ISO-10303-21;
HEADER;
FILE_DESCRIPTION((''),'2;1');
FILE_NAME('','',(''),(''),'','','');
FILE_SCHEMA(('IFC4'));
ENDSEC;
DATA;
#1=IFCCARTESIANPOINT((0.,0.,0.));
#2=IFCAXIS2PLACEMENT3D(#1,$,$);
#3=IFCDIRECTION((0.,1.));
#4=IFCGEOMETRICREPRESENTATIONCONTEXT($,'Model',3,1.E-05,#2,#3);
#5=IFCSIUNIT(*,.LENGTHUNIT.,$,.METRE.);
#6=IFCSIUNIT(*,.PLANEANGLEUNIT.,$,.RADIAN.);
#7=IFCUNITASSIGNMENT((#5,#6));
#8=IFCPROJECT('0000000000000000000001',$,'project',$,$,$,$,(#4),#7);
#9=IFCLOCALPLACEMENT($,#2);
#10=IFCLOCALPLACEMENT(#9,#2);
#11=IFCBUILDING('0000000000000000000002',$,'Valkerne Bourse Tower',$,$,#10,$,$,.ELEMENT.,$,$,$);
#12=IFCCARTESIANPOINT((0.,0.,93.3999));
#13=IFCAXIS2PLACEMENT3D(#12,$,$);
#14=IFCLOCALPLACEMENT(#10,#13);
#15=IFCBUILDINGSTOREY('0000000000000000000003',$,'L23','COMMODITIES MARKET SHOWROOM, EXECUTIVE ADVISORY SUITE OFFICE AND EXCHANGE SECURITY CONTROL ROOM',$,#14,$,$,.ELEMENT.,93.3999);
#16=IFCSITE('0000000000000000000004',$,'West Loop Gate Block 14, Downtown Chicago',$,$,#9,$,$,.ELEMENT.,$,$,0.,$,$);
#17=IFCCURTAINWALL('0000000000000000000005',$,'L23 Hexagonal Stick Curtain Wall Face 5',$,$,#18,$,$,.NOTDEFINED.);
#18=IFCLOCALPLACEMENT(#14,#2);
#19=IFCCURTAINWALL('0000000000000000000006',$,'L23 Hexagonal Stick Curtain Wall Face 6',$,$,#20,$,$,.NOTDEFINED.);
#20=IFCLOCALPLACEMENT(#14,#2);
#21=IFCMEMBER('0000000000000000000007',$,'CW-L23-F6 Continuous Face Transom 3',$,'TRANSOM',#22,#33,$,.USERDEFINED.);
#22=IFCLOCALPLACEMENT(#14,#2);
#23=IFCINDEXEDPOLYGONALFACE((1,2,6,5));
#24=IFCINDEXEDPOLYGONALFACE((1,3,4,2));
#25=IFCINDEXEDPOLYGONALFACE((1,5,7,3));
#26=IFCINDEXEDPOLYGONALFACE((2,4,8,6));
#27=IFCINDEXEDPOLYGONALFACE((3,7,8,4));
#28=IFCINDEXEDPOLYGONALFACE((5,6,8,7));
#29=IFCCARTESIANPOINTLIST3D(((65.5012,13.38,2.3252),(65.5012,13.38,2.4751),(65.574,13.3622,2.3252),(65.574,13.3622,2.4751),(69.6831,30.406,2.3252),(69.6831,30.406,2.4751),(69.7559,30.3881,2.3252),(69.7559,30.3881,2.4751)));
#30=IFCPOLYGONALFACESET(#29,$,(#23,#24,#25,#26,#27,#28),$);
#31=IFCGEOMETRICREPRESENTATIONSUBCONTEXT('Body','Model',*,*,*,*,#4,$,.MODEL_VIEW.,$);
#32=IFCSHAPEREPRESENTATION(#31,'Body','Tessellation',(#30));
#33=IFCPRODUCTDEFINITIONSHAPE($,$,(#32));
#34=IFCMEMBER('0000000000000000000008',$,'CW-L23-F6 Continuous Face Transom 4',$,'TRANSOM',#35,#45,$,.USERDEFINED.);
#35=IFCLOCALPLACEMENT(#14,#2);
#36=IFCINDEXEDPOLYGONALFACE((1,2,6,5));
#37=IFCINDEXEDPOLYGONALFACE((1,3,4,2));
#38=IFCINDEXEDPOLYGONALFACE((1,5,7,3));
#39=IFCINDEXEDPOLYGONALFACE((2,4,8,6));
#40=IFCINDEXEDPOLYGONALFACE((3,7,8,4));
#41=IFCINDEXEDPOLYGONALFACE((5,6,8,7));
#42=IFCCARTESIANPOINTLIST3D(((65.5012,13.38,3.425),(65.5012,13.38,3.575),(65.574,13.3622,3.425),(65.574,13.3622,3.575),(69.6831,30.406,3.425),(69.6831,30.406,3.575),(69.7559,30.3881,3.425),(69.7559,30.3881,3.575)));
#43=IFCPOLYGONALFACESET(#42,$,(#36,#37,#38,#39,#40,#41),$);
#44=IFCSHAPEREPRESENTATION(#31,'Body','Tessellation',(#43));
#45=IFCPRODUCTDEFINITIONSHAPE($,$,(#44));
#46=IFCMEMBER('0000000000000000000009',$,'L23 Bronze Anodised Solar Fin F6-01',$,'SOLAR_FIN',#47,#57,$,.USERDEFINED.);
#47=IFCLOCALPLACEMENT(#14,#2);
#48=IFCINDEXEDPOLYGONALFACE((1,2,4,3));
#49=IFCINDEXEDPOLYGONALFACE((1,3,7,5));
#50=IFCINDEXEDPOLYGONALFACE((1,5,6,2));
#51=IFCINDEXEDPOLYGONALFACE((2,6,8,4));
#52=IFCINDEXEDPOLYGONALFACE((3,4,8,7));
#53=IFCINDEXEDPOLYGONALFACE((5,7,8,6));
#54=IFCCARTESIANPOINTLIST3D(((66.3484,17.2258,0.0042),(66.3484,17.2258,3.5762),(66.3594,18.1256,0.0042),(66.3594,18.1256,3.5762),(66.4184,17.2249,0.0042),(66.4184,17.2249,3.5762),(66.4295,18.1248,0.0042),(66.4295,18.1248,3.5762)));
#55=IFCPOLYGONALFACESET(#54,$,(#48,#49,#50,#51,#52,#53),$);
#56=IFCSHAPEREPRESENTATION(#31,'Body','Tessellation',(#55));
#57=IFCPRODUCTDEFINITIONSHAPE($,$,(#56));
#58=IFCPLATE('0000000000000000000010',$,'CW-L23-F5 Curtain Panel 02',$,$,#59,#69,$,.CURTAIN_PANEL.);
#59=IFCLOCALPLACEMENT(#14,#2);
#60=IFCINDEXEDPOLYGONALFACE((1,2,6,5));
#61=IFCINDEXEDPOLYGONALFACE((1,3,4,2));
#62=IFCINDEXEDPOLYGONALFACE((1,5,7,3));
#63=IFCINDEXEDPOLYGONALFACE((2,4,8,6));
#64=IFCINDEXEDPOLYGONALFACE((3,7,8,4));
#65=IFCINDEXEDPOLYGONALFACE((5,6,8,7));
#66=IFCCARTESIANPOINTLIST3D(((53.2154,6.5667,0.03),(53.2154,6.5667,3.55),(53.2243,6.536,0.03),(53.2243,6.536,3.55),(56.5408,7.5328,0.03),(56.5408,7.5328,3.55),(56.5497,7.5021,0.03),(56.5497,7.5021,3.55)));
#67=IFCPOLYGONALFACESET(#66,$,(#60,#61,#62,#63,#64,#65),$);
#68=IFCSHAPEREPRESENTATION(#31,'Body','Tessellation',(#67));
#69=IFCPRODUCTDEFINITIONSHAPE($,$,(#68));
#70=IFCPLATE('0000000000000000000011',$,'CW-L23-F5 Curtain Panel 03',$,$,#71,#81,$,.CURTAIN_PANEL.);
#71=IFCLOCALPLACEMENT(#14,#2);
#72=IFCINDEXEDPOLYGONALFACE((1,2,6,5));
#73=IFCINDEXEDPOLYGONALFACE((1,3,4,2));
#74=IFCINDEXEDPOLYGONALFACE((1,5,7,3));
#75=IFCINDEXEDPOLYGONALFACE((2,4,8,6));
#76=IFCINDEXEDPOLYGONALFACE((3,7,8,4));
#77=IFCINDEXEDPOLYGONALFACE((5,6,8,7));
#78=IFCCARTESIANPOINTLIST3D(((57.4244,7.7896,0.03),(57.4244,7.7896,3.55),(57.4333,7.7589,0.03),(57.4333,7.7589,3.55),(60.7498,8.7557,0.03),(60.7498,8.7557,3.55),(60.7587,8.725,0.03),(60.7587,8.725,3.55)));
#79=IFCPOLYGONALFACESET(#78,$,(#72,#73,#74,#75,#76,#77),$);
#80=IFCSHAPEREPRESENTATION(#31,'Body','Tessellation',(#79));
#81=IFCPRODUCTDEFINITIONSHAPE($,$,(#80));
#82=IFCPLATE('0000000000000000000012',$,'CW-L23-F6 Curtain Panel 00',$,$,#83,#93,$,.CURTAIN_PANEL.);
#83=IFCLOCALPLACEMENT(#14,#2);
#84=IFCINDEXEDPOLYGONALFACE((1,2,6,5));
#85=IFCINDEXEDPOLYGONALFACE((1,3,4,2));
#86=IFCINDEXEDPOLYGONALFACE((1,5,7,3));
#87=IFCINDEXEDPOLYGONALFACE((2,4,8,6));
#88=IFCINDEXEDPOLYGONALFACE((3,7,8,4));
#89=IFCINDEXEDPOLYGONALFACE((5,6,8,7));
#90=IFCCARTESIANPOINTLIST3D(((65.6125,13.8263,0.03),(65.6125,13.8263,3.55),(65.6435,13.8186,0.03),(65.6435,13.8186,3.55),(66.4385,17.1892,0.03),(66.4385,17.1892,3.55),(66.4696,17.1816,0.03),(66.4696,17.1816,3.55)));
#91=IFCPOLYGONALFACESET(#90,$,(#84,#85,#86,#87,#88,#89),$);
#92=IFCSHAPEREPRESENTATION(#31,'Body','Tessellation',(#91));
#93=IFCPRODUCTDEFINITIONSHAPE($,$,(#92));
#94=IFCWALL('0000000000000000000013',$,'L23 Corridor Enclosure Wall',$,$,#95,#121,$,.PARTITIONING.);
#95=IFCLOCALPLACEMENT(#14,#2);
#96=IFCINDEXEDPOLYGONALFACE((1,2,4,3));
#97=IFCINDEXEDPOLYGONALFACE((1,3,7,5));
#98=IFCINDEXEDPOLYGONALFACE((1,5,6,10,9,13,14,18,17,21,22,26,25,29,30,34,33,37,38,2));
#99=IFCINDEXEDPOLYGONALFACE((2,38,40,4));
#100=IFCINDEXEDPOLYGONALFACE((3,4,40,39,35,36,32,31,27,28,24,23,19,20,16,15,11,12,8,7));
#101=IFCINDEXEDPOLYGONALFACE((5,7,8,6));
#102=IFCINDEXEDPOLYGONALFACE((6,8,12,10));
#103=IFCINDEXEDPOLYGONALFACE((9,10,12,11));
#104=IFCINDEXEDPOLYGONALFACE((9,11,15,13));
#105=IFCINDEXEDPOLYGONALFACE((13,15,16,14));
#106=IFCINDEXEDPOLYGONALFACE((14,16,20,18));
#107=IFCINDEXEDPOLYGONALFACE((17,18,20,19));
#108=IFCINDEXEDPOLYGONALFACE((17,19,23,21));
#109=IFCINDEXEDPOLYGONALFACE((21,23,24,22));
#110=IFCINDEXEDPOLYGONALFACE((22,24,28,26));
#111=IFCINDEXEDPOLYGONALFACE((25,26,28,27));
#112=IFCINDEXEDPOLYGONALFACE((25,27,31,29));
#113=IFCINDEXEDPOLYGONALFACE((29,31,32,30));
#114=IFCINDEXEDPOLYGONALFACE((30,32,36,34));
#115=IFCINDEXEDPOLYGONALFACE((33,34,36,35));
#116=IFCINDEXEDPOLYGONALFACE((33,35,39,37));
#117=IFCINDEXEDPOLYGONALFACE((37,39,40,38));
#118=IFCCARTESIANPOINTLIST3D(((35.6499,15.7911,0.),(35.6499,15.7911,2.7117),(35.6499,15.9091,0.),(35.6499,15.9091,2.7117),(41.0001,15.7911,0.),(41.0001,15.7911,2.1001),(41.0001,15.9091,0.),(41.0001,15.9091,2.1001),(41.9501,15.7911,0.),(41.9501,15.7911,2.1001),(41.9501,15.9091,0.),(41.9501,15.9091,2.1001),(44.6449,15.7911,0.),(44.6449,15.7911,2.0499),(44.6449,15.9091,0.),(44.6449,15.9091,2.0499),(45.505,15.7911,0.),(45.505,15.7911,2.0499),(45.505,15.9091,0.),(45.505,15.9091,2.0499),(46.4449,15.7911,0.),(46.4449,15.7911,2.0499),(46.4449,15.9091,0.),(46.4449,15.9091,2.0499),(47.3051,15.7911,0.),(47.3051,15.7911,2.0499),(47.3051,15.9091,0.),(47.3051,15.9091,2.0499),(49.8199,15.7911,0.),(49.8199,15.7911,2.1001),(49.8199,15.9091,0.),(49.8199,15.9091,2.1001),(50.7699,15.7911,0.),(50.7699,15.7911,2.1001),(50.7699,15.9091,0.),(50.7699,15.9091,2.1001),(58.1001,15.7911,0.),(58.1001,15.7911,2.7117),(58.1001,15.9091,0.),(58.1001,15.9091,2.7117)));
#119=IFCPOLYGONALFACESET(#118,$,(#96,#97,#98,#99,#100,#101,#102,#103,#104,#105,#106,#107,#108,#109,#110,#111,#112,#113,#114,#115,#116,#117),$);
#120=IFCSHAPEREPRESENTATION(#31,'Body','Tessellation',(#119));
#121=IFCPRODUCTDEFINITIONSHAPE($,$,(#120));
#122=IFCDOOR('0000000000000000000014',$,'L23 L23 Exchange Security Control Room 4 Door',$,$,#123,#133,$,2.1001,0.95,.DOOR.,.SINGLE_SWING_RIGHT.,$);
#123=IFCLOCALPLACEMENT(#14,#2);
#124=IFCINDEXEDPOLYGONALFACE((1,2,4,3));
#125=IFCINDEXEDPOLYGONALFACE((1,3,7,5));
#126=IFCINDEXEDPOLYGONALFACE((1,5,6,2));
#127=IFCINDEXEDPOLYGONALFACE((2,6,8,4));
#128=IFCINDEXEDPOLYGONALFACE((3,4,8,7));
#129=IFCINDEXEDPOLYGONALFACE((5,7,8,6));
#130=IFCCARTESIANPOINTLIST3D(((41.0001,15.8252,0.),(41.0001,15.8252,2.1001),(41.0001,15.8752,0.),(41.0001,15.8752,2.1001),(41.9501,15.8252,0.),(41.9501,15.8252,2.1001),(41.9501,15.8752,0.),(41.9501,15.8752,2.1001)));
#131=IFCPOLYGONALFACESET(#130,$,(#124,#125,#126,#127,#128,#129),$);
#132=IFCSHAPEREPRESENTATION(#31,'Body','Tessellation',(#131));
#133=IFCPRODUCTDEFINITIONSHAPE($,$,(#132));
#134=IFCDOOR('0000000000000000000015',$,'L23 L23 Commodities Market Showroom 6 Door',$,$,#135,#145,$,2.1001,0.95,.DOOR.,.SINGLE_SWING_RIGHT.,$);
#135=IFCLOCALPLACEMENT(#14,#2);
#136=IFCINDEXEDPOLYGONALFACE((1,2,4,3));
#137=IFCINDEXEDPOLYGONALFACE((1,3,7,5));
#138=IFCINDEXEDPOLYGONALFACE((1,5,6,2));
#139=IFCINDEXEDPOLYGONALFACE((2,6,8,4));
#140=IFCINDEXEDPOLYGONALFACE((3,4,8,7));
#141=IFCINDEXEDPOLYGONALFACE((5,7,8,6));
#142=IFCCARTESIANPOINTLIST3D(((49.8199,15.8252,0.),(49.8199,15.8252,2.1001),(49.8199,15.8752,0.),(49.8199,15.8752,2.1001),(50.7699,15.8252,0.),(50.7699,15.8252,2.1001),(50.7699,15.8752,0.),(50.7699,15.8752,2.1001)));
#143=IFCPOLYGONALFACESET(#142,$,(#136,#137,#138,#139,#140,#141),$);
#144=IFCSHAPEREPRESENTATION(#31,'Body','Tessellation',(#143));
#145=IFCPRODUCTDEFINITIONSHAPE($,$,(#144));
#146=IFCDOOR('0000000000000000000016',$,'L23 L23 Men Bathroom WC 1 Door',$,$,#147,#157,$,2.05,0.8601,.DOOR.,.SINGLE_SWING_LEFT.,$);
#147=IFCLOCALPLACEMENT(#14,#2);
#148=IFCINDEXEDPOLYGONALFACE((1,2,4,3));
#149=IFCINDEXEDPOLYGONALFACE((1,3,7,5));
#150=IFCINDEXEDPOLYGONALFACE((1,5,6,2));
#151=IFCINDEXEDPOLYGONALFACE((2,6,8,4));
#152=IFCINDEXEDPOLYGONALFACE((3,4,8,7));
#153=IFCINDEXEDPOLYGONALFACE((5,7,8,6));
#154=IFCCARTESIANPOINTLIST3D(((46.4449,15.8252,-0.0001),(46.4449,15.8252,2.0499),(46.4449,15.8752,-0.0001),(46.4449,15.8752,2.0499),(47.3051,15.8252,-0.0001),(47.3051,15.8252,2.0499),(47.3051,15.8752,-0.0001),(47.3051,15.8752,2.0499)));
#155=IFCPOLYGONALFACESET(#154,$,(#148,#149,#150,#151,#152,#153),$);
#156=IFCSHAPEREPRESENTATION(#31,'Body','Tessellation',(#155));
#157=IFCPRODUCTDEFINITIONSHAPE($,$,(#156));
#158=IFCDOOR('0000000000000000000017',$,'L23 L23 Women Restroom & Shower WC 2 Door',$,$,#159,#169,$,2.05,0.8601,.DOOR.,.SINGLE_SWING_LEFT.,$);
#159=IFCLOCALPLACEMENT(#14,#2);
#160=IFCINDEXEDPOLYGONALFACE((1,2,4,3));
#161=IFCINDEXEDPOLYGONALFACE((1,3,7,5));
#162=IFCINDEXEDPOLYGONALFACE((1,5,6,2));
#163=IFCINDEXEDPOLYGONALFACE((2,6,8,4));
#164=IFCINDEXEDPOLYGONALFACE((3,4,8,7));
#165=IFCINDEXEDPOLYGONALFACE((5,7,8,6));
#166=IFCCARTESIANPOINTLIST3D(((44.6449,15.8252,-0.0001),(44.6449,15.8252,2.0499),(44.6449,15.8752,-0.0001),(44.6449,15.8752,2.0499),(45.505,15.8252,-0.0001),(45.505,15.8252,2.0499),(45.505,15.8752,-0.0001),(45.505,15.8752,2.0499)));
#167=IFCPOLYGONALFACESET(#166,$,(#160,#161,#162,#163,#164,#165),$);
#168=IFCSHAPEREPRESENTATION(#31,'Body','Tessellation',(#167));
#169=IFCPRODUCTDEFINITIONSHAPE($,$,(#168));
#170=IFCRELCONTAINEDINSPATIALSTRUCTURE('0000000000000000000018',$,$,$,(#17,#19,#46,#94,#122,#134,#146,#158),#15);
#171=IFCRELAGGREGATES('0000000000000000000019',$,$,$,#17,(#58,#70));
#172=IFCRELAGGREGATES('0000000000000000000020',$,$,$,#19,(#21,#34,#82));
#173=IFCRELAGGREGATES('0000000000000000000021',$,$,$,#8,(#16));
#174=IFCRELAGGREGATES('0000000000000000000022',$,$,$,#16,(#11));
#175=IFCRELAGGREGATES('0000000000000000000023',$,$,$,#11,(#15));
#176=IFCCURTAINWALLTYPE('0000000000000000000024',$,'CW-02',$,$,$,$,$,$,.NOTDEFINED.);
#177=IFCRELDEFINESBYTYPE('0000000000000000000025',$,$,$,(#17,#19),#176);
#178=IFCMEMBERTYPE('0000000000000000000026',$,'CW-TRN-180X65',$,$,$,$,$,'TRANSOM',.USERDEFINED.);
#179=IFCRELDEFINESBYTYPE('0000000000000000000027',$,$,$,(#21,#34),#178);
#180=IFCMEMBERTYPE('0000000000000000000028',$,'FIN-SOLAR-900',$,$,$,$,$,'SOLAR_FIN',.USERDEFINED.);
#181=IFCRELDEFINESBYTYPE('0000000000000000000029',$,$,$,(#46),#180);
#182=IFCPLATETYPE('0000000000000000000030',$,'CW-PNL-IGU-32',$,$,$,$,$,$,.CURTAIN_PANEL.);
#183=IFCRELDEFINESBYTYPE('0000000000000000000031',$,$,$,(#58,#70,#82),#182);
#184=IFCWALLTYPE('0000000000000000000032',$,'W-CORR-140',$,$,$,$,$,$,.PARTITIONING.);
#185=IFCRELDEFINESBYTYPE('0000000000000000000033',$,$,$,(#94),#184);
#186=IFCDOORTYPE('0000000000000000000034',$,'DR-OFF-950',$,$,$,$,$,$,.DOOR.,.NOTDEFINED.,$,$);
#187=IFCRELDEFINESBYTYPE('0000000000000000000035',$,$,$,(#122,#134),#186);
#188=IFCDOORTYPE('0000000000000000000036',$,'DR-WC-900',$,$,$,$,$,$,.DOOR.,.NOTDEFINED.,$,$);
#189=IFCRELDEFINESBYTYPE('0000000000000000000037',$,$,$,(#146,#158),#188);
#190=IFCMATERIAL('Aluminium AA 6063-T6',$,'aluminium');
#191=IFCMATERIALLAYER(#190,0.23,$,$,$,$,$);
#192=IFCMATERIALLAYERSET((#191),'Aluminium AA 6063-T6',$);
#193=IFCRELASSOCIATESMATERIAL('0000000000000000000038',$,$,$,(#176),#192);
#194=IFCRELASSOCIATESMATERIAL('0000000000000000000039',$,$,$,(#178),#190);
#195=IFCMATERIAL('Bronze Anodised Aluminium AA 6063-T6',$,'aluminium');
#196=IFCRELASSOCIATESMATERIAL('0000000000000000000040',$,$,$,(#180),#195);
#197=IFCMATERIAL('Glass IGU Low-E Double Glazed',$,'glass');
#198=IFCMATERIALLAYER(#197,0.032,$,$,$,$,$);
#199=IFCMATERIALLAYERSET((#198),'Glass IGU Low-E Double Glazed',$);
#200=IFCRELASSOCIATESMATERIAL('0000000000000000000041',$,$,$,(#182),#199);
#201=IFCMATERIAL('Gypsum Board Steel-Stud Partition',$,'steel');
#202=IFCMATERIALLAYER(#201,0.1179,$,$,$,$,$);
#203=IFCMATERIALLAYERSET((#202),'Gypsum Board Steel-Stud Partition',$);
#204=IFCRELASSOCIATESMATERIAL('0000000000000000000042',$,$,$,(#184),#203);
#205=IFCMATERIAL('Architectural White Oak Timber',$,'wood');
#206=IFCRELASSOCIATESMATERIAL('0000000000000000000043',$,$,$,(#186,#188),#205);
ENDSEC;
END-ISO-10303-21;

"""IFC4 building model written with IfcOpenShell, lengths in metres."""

from ifc_helpers import new_model, si_unit, direction, frame, frame_2d, origin, origin_2d, place, context, subcontext, project, spatial, rectangle, extrude, material, layer, layer_set, material_profile, profile_set, type_object, element, fill, aggregate, save


model = new_model("IFC4")

# Units and contexts
model_context = context("Model", 3, precision=1e-05, world=origin(), true_north=direction((0.0, 1.0)))
body_context = subcontext(model_context, "Body", "Model", "MODEL_VIEW")
ifc_project = project(units=[si_unit("LENGTHUNIT", "METRE"), si_unit("PLANEANGLEUNIT", "RADIAN")], contexts=[model_context])

# Site, building, storey
site_placement = place(None, origin())
site = spatial("IfcSite", under=ifc_project, at=site_placement, Name="West Loop Gate Block 14, Downtown Chicago", CompositionType="ELEMENT", RefElevation=0.0)
building_placement = place(site_placement, origin())
building = spatial("IfcBuilding", under=site, at=building_placement, Name="Valkerne Bourse Tower", CompositionType="ELEMENT")
storey_placement = place(building_placement, frame((0.0, 0.0, 93.3999)))
storey = spatial("IfcBuildingStorey", under=building, at=storey_placement, Name="L23", Description="COMMODITIES MARKET SHOWROOM, EXECUTIVE ADVISORY SUITE OFFICE AND EXCHANGE SECURITY CONTROL ROOM", CompositionType="ELEMENT", Elevation=93.3999)

# Curtain walls, members
ifc_material_1 = material(Name="Aluminium AA 6063-T6", Category="aluminium")
ifc_layer_1 = layer(ifc_material_1, 0.23)
ifc_layer_set_1 = layer_set([ifc_layer_1], Name="Aluminium AA 6063-T6")
curtain_wall_type = type_object("IfcCurtainWallType", Name="CW-02", PredefinedType="NOTDEFINED", material=ifc_layer_set_1)
curtain_wall_1_placement = place(storey_placement, origin())
curtain_wall_1 = element("IfcCurtainWall", 1, at=curtain_wall_1_placement, inside=storey, type_object=curtain_wall_type, Name="L23 Hexagonal Stick Curtain Wall Face 5", PredefinedType="NOTDEFINED")
curtain_wall_2_placement = place(storey_placement, origin())
curtain_wall_2 = element("IfcCurtainWall", 2, at=curtain_wall_2_placement, inside=storey, type_object=curtain_wall_type, Name="L23 Hexagonal Stick Curtain Wall Face 6", PredefinedType="NOTDEFINED")
ifc_material_profile_1 = material_profile(ifc_material_1, rectangle(XDim=0.075, YDim=0.1499, at=origin_2d()), Name="CWT-75X150")
ifc_profile_set_1 = profile_set([ifc_material_profile_1], Name="Aluminium AA 6063-T6")
member_type_1 = type_object("IfcMemberType", Name="CW-TRN-180X65", ElementType="TRANSOM", PredefinedType="USERDEFINED", material=ifc_profile_set_1)
member_1_placement = place(storey_placement, frame((65.5376, 13.3711, 2.4001), z_axis=(0.23853, 0.971135, 0.0), x_axis=(-0.971135, 0.23853, 0.0)))
member_1 = element("IfcMember", 3, at=member_1_placement, type_object=member_type_1, Name="CW-L23-F6 Continuous Face Transom 3", ObjectType="TRANSOM", PredefinedType="USERDEFINED", context=body_context, shape_type="SweptSolid", body=[
    extrude(rectangle(XDim=0.075, YDim=0.1499, at=origin_2d()), origin(), (0.0, 0.0, 1.0), 17.532),
])
member_2_placement = place(storey_placement, frame((65.5376, 13.3711, 3.5), z_axis=(0.23853, 0.971135, 0.0), x_axis=(-0.971135, 0.23853, 0.0)))
member_2 = element("IfcMember", 4, at=member_2_placement, type_object=member_type_1, Name="CW-L23-F6 Continuous Face Transom 4", ObjectType="TRANSOM", PredefinedType="USERDEFINED", context=body_context, shape_type="SweptSolid", body=[
    extrude(rectangle(XDim=0.075, YDim=0.1499, at=origin_2d()), origin(), (0.0, 0.0, 1.0), 17.532),
])

# Member
ifc_material_2 = material(Name="Bronze Anodised Aluminium AA 6063-T6", Category="aluminium")
ifc_material_profile_2 = material_profile(ifc_material_2, rectangle(XDim=0.0701, YDim=0.8999, at=origin_2d()), Name="FIN-70X900")
ifc_profile_set_2 = profile_set([ifc_material_profile_2], Name="Bronze Anodised Aluminium AA 6063-T6")
member_type_2 = type_object("IfcMemberType", Name="FIN-SOLAR-900", ElementType="SOLAR_FIN", PredefinedType="USERDEFINED", material=ifc_profile_set_2)
member_3_placement = place(storey_placement, frame((66.3889, 17.6753, 0.0042), z_axis=(0.0, 0.0, 1.0), x_axis=(0.999925, -0.012284, 0.0)))
element("IfcMember", 5, at=member_3_placement, inside=storey, type_object=member_type_2, Name="L23 Bronze Anodised Solar Fin F6-01", ObjectType="SOLAR_FIN", PredefinedType="USERDEFINED", context=body_context, shape_type="SweptSolid", body=[
    extrude(rectangle(XDim=0.0701, YDim=0.8999, at=origin_2d()), origin(), (0.0, 0.0, 1.0), 3.572),
])

# Plates
ifc_material_3 = material(Name="Glass IGU Low-E Double Glazed", Category="glass")
ifc_layer_2 = layer(ifc_material_3, 0.032)
ifc_layer_set_2 = layer_set([ifc_layer_2], Name="Glass IGU Low-E Double Glazed")
plate_type = type_object("IfcPlateType", Name="CW-PNL-IGU-32", PredefinedType="CURTAIN_PANEL", material=ifc_layer_set_2)
plate_1_placement = place(storey_placement, frame((54.8826, 7.0344, 0.03), z_axis=(0.0, 0.0, 1.0), x_axis=(0.960295, 0.278985, 0.0)))
plate_1 = element("IfcPlate", 6, at=plate_1_placement, type_object=plate_type, Name="CW-L23-F5 Curtain Panel 02", PredefinedType="CURTAIN_PANEL", context=body_context, shape_type="SweptSolid", body=[
    extrude(rectangle(XDim=3.4629, YDim=0.032, at=origin_2d()), origin(), (0.0, 0.0, 1.0), 3.52),
])
plate_2_placement = place(storey_placement, frame((59.0916, 8.2573, 0.03), z_axis=(0.0, 0.0, 1.0), x_axis=(0.960294, 0.278991, 0.0)))
plate_2 = element("IfcPlate", 7, at=plate_2_placement, type_object=plate_type, Name="CW-L23-F5 Curtain Panel 03", PredefinedType="CURTAIN_PANEL", context=body_context, shape_type="SweptSolid", body=[
    extrude(rectangle(XDim=3.4629, YDim=0.032, at=origin_2d()), origin(), (0.0, 0.0, 1.0), 3.52),
])
aggregate(curtain_wall_1, [plate_1, plate_2])
plate_3_placement = place(storey_placement, frame((66.041, 15.5039, 0.03), z_axis=(0.0, 0.0, 1.0), x_axis=(0.238534, 0.971134, 0.0)))
plate_3 = element("IfcPlate", 8, at=plate_3_placement, type_object=plate_type, Name="CW-L23-F6 Curtain Panel 00", PredefinedType="CURTAIN_PANEL", context=body_context, shape_type="SweptSolid", body=[
    extrude(rectangle(XDim=3.4629, YDim=0.032, at=origin_2d()), origin(), (0.0, 0.0, 1.0), 3.52),
])
aggregate(curtain_wall_2, [member_1, member_2, plate_3])

# Wall, openings, doors
ifc_material_4 = material(Name="Gypsum Board Steel-Stud Partition", Category="steel")
ifc_layer_3 = layer(ifc_material_4, 0.1179)
ifc_layer_set_3 = layer_set([ifc_layer_3], Name="Gypsum Board Steel-Stud Partition")
wall_type = type_object("IfcWallType", Name="W-CORR-140", PredefinedType="PARTITIONING", material=ifc_layer_set_3)
wall_placement = place(storey_placement, frame((58.1001, 15.8501, 0.0), z_axis=(0.0, 0.0, 1.0), x_axis=(-1.0, 0.0, 0.0)))
wall = element("IfcWall", 9, at=wall_placement, inside=storey, type_object=wall_type, Name="L23 Corridor Enclosure Wall", PredefinedType="PARTITIONING", context=body_context, shape_type="SweptSolid", body=[
    extrude(rectangle(XDim=22.4502, YDim=0.1179, at=frame_2d((11.2251, 0.0))), origin(), (0.0, 0.0, 1.0), 2.7117),
])
opening_1_placement = place(wall_placement, frame((10.7949, 0.0, 0.0)))
opening_1 = element("IfcOpeningElement", 10, at=opening_1_placement, cuts=wall, PredefinedType="OPENING", context=body_context, shape_type="SweptSolid", body=[
    extrude(rectangle(XDim=0.8601, YDim=2.05, at=frame_2d((0.4302, 1.0249))), frame((0.0, 0.0688, 0.0), z_axis=(0.0, -1.0, 0.0), x_axis=(1.0, 0.0, 0.0)), (0.0, 0.0, 1.0), 0.1379),
])
opening_2_placement = place(wall_placement, frame((12.595, 0.0, 0.0)))
opening_2 = element("IfcOpeningElement", 11, at=opening_2_placement, cuts=wall, PredefinedType="OPENING", context=body_context, shape_type="SweptSolid", body=[
    extrude(rectangle(XDim=0.8601, YDim=2.05, at=frame_2d((0.4302, 1.0249))), frame((0.0, 0.0688, 0.0), z_axis=(0.0, -1.0, 0.0), x_axis=(1.0, 0.0, 0.0)), (0.0, 0.0, 1.0), 0.1379),
])
opening_3_placement = place(wall_placement, frame((16.1499, 0.0, 0.0)))
opening_3 = element("IfcOpeningElement", 12, at=opening_3_placement, cuts=wall, PredefinedType="OPENING", context=body_context, shape_type="SweptSolid", body=[
    extrude(rectangle(XDim=0.95, YDim=2.1001, at=frame_2d((0.4751, 1.05))), frame((0.0, 0.0688, 0.0), z_axis=(0.0, -1.0, 0.0), x_axis=(1.0, 0.0, 0.0)), (0.0, 0.0, 1.0), 0.1379),
])
opening_4_placement = place(wall_placement, frame((7.3301, 0.0, 0.0)))
opening_4 = element("IfcOpeningElement", 13, at=opening_4_placement, cuts=wall, PredefinedType="OPENING", context=body_context, shape_type="SweptSolid", body=[
    extrude(rectangle(XDim=0.95, YDim=2.1001, at=frame_2d((0.4751, 1.05))), frame((0.0, 0.0688, 0.0), z_axis=(0.0, -1.0, 0.0), x_axis=(1.0, 0.0, 0.0)), (0.0, 0.0, 1.0), 0.1379),
])
ifc_material_5 = material(Name="Architectural White Oak Timber", Category="wood")
door_type_1 = type_object("IfcDoorType", Name="DR-OFF-950", OperationType="NOTDEFINED", PredefinedType="DOOR", material=ifc_material_5)
door_1_placement = place(opening_3_placement, origin())
door_1 = element("IfcDoor", 14, at=door_1_placement, inside=storey, type_object=door_type_1, Name="L23 L23 Exchange Security Control Room 4 Door", OperationType="SINGLE_SWING_RIGHT", OverallHeight=2.1001, OverallWidth=0.95, PredefinedType="DOOR", context=body_context, shape_type="SweptSolid", body=[
    extrude(rectangle(XDim=0.95, YDim=2.1001, at=frame_2d((0.4751, 1.05))), frame((0.0, 0.0249, 0.0), z_axis=(0.0, -1.0, 0.0), x_axis=(1.0, 0.0, 0.0)), (0.0, 0.0, 1.0), 0.05),
])
fill(opening_3, door_1)
door_2_placement = place(opening_4_placement, origin())
door_2 = element("IfcDoor", 15, at=door_2_placement, inside=storey, type_object=door_type_1, Name="L23 L23 Commodities Market Showroom 6 Door", OperationType="SINGLE_SWING_RIGHT", OverallHeight=2.1001, OverallWidth=0.95, PredefinedType="DOOR", context=body_context, shape_type="SweptSolid", body=[
    extrude(rectangle(XDim=0.95, YDim=2.1001, at=frame_2d((0.4751, 1.05))), frame((0.0, 0.0249, 0.0), z_axis=(0.0, -1.0, 0.0), x_axis=(1.0, 0.0, 0.0)), (0.0, 0.0, 1.0), 0.05),
])
fill(opening_4, door_2)
door_type_2 = type_object("IfcDoorType", Name="DR-WC-900", OperationType="NOTDEFINED", PredefinedType="DOOR", material=ifc_material_5)
door_3_placement = place(opening_1_placement, origin())
door_3 = element("IfcDoor", 16, at=door_3_placement, inside=storey, type_object=door_type_2, Name="L23 L23 Men Bathroom WC 1 Door", OperationType="SINGLE_SWING_LEFT", OverallHeight=2.05, OverallWidth=0.8601, PredefinedType="DOOR", context=body_context, shape_type="SweptSolid", body=[
    extrude(rectangle(XDim=0.8601, YDim=2.05, at=frame_2d((0.4302, 1.0249))), frame((0.0, 0.0249, 0.0), z_axis=(0.0, -1.0, 0.0), x_axis=(1.0, 0.0, 0.0)), (0.0, 0.0, 1.0), 0.05),
])
fill(opening_1, door_3)
door_4_placement = place(opening_2_placement, origin())
door_4 = element("IfcDoor", 17, at=door_4_placement, inside=storey, type_object=door_type_2, Name="L23 L23 Women Restroom & Shower WC 2 Door", OperationType="SINGLE_SWING_LEFT", OverallHeight=2.05, OverallWidth=0.8601, PredefinedType="DOOR", context=body_context, shape_type="SweptSolid", body=[
    extrude(rectangle(XDim=0.8601, YDim=2.05, at=frame_2d((0.4302, 1.0249))), frame((0.0, 0.0249, 0.0), z_axis=(0.0, -1.0, 0.0), x_axis=(1.0, 0.0, 0.0)), (0.0, 0.0, 1.0), 0.05),
])
fill(opening_2, door_4)

save(model, "model.ifc")
